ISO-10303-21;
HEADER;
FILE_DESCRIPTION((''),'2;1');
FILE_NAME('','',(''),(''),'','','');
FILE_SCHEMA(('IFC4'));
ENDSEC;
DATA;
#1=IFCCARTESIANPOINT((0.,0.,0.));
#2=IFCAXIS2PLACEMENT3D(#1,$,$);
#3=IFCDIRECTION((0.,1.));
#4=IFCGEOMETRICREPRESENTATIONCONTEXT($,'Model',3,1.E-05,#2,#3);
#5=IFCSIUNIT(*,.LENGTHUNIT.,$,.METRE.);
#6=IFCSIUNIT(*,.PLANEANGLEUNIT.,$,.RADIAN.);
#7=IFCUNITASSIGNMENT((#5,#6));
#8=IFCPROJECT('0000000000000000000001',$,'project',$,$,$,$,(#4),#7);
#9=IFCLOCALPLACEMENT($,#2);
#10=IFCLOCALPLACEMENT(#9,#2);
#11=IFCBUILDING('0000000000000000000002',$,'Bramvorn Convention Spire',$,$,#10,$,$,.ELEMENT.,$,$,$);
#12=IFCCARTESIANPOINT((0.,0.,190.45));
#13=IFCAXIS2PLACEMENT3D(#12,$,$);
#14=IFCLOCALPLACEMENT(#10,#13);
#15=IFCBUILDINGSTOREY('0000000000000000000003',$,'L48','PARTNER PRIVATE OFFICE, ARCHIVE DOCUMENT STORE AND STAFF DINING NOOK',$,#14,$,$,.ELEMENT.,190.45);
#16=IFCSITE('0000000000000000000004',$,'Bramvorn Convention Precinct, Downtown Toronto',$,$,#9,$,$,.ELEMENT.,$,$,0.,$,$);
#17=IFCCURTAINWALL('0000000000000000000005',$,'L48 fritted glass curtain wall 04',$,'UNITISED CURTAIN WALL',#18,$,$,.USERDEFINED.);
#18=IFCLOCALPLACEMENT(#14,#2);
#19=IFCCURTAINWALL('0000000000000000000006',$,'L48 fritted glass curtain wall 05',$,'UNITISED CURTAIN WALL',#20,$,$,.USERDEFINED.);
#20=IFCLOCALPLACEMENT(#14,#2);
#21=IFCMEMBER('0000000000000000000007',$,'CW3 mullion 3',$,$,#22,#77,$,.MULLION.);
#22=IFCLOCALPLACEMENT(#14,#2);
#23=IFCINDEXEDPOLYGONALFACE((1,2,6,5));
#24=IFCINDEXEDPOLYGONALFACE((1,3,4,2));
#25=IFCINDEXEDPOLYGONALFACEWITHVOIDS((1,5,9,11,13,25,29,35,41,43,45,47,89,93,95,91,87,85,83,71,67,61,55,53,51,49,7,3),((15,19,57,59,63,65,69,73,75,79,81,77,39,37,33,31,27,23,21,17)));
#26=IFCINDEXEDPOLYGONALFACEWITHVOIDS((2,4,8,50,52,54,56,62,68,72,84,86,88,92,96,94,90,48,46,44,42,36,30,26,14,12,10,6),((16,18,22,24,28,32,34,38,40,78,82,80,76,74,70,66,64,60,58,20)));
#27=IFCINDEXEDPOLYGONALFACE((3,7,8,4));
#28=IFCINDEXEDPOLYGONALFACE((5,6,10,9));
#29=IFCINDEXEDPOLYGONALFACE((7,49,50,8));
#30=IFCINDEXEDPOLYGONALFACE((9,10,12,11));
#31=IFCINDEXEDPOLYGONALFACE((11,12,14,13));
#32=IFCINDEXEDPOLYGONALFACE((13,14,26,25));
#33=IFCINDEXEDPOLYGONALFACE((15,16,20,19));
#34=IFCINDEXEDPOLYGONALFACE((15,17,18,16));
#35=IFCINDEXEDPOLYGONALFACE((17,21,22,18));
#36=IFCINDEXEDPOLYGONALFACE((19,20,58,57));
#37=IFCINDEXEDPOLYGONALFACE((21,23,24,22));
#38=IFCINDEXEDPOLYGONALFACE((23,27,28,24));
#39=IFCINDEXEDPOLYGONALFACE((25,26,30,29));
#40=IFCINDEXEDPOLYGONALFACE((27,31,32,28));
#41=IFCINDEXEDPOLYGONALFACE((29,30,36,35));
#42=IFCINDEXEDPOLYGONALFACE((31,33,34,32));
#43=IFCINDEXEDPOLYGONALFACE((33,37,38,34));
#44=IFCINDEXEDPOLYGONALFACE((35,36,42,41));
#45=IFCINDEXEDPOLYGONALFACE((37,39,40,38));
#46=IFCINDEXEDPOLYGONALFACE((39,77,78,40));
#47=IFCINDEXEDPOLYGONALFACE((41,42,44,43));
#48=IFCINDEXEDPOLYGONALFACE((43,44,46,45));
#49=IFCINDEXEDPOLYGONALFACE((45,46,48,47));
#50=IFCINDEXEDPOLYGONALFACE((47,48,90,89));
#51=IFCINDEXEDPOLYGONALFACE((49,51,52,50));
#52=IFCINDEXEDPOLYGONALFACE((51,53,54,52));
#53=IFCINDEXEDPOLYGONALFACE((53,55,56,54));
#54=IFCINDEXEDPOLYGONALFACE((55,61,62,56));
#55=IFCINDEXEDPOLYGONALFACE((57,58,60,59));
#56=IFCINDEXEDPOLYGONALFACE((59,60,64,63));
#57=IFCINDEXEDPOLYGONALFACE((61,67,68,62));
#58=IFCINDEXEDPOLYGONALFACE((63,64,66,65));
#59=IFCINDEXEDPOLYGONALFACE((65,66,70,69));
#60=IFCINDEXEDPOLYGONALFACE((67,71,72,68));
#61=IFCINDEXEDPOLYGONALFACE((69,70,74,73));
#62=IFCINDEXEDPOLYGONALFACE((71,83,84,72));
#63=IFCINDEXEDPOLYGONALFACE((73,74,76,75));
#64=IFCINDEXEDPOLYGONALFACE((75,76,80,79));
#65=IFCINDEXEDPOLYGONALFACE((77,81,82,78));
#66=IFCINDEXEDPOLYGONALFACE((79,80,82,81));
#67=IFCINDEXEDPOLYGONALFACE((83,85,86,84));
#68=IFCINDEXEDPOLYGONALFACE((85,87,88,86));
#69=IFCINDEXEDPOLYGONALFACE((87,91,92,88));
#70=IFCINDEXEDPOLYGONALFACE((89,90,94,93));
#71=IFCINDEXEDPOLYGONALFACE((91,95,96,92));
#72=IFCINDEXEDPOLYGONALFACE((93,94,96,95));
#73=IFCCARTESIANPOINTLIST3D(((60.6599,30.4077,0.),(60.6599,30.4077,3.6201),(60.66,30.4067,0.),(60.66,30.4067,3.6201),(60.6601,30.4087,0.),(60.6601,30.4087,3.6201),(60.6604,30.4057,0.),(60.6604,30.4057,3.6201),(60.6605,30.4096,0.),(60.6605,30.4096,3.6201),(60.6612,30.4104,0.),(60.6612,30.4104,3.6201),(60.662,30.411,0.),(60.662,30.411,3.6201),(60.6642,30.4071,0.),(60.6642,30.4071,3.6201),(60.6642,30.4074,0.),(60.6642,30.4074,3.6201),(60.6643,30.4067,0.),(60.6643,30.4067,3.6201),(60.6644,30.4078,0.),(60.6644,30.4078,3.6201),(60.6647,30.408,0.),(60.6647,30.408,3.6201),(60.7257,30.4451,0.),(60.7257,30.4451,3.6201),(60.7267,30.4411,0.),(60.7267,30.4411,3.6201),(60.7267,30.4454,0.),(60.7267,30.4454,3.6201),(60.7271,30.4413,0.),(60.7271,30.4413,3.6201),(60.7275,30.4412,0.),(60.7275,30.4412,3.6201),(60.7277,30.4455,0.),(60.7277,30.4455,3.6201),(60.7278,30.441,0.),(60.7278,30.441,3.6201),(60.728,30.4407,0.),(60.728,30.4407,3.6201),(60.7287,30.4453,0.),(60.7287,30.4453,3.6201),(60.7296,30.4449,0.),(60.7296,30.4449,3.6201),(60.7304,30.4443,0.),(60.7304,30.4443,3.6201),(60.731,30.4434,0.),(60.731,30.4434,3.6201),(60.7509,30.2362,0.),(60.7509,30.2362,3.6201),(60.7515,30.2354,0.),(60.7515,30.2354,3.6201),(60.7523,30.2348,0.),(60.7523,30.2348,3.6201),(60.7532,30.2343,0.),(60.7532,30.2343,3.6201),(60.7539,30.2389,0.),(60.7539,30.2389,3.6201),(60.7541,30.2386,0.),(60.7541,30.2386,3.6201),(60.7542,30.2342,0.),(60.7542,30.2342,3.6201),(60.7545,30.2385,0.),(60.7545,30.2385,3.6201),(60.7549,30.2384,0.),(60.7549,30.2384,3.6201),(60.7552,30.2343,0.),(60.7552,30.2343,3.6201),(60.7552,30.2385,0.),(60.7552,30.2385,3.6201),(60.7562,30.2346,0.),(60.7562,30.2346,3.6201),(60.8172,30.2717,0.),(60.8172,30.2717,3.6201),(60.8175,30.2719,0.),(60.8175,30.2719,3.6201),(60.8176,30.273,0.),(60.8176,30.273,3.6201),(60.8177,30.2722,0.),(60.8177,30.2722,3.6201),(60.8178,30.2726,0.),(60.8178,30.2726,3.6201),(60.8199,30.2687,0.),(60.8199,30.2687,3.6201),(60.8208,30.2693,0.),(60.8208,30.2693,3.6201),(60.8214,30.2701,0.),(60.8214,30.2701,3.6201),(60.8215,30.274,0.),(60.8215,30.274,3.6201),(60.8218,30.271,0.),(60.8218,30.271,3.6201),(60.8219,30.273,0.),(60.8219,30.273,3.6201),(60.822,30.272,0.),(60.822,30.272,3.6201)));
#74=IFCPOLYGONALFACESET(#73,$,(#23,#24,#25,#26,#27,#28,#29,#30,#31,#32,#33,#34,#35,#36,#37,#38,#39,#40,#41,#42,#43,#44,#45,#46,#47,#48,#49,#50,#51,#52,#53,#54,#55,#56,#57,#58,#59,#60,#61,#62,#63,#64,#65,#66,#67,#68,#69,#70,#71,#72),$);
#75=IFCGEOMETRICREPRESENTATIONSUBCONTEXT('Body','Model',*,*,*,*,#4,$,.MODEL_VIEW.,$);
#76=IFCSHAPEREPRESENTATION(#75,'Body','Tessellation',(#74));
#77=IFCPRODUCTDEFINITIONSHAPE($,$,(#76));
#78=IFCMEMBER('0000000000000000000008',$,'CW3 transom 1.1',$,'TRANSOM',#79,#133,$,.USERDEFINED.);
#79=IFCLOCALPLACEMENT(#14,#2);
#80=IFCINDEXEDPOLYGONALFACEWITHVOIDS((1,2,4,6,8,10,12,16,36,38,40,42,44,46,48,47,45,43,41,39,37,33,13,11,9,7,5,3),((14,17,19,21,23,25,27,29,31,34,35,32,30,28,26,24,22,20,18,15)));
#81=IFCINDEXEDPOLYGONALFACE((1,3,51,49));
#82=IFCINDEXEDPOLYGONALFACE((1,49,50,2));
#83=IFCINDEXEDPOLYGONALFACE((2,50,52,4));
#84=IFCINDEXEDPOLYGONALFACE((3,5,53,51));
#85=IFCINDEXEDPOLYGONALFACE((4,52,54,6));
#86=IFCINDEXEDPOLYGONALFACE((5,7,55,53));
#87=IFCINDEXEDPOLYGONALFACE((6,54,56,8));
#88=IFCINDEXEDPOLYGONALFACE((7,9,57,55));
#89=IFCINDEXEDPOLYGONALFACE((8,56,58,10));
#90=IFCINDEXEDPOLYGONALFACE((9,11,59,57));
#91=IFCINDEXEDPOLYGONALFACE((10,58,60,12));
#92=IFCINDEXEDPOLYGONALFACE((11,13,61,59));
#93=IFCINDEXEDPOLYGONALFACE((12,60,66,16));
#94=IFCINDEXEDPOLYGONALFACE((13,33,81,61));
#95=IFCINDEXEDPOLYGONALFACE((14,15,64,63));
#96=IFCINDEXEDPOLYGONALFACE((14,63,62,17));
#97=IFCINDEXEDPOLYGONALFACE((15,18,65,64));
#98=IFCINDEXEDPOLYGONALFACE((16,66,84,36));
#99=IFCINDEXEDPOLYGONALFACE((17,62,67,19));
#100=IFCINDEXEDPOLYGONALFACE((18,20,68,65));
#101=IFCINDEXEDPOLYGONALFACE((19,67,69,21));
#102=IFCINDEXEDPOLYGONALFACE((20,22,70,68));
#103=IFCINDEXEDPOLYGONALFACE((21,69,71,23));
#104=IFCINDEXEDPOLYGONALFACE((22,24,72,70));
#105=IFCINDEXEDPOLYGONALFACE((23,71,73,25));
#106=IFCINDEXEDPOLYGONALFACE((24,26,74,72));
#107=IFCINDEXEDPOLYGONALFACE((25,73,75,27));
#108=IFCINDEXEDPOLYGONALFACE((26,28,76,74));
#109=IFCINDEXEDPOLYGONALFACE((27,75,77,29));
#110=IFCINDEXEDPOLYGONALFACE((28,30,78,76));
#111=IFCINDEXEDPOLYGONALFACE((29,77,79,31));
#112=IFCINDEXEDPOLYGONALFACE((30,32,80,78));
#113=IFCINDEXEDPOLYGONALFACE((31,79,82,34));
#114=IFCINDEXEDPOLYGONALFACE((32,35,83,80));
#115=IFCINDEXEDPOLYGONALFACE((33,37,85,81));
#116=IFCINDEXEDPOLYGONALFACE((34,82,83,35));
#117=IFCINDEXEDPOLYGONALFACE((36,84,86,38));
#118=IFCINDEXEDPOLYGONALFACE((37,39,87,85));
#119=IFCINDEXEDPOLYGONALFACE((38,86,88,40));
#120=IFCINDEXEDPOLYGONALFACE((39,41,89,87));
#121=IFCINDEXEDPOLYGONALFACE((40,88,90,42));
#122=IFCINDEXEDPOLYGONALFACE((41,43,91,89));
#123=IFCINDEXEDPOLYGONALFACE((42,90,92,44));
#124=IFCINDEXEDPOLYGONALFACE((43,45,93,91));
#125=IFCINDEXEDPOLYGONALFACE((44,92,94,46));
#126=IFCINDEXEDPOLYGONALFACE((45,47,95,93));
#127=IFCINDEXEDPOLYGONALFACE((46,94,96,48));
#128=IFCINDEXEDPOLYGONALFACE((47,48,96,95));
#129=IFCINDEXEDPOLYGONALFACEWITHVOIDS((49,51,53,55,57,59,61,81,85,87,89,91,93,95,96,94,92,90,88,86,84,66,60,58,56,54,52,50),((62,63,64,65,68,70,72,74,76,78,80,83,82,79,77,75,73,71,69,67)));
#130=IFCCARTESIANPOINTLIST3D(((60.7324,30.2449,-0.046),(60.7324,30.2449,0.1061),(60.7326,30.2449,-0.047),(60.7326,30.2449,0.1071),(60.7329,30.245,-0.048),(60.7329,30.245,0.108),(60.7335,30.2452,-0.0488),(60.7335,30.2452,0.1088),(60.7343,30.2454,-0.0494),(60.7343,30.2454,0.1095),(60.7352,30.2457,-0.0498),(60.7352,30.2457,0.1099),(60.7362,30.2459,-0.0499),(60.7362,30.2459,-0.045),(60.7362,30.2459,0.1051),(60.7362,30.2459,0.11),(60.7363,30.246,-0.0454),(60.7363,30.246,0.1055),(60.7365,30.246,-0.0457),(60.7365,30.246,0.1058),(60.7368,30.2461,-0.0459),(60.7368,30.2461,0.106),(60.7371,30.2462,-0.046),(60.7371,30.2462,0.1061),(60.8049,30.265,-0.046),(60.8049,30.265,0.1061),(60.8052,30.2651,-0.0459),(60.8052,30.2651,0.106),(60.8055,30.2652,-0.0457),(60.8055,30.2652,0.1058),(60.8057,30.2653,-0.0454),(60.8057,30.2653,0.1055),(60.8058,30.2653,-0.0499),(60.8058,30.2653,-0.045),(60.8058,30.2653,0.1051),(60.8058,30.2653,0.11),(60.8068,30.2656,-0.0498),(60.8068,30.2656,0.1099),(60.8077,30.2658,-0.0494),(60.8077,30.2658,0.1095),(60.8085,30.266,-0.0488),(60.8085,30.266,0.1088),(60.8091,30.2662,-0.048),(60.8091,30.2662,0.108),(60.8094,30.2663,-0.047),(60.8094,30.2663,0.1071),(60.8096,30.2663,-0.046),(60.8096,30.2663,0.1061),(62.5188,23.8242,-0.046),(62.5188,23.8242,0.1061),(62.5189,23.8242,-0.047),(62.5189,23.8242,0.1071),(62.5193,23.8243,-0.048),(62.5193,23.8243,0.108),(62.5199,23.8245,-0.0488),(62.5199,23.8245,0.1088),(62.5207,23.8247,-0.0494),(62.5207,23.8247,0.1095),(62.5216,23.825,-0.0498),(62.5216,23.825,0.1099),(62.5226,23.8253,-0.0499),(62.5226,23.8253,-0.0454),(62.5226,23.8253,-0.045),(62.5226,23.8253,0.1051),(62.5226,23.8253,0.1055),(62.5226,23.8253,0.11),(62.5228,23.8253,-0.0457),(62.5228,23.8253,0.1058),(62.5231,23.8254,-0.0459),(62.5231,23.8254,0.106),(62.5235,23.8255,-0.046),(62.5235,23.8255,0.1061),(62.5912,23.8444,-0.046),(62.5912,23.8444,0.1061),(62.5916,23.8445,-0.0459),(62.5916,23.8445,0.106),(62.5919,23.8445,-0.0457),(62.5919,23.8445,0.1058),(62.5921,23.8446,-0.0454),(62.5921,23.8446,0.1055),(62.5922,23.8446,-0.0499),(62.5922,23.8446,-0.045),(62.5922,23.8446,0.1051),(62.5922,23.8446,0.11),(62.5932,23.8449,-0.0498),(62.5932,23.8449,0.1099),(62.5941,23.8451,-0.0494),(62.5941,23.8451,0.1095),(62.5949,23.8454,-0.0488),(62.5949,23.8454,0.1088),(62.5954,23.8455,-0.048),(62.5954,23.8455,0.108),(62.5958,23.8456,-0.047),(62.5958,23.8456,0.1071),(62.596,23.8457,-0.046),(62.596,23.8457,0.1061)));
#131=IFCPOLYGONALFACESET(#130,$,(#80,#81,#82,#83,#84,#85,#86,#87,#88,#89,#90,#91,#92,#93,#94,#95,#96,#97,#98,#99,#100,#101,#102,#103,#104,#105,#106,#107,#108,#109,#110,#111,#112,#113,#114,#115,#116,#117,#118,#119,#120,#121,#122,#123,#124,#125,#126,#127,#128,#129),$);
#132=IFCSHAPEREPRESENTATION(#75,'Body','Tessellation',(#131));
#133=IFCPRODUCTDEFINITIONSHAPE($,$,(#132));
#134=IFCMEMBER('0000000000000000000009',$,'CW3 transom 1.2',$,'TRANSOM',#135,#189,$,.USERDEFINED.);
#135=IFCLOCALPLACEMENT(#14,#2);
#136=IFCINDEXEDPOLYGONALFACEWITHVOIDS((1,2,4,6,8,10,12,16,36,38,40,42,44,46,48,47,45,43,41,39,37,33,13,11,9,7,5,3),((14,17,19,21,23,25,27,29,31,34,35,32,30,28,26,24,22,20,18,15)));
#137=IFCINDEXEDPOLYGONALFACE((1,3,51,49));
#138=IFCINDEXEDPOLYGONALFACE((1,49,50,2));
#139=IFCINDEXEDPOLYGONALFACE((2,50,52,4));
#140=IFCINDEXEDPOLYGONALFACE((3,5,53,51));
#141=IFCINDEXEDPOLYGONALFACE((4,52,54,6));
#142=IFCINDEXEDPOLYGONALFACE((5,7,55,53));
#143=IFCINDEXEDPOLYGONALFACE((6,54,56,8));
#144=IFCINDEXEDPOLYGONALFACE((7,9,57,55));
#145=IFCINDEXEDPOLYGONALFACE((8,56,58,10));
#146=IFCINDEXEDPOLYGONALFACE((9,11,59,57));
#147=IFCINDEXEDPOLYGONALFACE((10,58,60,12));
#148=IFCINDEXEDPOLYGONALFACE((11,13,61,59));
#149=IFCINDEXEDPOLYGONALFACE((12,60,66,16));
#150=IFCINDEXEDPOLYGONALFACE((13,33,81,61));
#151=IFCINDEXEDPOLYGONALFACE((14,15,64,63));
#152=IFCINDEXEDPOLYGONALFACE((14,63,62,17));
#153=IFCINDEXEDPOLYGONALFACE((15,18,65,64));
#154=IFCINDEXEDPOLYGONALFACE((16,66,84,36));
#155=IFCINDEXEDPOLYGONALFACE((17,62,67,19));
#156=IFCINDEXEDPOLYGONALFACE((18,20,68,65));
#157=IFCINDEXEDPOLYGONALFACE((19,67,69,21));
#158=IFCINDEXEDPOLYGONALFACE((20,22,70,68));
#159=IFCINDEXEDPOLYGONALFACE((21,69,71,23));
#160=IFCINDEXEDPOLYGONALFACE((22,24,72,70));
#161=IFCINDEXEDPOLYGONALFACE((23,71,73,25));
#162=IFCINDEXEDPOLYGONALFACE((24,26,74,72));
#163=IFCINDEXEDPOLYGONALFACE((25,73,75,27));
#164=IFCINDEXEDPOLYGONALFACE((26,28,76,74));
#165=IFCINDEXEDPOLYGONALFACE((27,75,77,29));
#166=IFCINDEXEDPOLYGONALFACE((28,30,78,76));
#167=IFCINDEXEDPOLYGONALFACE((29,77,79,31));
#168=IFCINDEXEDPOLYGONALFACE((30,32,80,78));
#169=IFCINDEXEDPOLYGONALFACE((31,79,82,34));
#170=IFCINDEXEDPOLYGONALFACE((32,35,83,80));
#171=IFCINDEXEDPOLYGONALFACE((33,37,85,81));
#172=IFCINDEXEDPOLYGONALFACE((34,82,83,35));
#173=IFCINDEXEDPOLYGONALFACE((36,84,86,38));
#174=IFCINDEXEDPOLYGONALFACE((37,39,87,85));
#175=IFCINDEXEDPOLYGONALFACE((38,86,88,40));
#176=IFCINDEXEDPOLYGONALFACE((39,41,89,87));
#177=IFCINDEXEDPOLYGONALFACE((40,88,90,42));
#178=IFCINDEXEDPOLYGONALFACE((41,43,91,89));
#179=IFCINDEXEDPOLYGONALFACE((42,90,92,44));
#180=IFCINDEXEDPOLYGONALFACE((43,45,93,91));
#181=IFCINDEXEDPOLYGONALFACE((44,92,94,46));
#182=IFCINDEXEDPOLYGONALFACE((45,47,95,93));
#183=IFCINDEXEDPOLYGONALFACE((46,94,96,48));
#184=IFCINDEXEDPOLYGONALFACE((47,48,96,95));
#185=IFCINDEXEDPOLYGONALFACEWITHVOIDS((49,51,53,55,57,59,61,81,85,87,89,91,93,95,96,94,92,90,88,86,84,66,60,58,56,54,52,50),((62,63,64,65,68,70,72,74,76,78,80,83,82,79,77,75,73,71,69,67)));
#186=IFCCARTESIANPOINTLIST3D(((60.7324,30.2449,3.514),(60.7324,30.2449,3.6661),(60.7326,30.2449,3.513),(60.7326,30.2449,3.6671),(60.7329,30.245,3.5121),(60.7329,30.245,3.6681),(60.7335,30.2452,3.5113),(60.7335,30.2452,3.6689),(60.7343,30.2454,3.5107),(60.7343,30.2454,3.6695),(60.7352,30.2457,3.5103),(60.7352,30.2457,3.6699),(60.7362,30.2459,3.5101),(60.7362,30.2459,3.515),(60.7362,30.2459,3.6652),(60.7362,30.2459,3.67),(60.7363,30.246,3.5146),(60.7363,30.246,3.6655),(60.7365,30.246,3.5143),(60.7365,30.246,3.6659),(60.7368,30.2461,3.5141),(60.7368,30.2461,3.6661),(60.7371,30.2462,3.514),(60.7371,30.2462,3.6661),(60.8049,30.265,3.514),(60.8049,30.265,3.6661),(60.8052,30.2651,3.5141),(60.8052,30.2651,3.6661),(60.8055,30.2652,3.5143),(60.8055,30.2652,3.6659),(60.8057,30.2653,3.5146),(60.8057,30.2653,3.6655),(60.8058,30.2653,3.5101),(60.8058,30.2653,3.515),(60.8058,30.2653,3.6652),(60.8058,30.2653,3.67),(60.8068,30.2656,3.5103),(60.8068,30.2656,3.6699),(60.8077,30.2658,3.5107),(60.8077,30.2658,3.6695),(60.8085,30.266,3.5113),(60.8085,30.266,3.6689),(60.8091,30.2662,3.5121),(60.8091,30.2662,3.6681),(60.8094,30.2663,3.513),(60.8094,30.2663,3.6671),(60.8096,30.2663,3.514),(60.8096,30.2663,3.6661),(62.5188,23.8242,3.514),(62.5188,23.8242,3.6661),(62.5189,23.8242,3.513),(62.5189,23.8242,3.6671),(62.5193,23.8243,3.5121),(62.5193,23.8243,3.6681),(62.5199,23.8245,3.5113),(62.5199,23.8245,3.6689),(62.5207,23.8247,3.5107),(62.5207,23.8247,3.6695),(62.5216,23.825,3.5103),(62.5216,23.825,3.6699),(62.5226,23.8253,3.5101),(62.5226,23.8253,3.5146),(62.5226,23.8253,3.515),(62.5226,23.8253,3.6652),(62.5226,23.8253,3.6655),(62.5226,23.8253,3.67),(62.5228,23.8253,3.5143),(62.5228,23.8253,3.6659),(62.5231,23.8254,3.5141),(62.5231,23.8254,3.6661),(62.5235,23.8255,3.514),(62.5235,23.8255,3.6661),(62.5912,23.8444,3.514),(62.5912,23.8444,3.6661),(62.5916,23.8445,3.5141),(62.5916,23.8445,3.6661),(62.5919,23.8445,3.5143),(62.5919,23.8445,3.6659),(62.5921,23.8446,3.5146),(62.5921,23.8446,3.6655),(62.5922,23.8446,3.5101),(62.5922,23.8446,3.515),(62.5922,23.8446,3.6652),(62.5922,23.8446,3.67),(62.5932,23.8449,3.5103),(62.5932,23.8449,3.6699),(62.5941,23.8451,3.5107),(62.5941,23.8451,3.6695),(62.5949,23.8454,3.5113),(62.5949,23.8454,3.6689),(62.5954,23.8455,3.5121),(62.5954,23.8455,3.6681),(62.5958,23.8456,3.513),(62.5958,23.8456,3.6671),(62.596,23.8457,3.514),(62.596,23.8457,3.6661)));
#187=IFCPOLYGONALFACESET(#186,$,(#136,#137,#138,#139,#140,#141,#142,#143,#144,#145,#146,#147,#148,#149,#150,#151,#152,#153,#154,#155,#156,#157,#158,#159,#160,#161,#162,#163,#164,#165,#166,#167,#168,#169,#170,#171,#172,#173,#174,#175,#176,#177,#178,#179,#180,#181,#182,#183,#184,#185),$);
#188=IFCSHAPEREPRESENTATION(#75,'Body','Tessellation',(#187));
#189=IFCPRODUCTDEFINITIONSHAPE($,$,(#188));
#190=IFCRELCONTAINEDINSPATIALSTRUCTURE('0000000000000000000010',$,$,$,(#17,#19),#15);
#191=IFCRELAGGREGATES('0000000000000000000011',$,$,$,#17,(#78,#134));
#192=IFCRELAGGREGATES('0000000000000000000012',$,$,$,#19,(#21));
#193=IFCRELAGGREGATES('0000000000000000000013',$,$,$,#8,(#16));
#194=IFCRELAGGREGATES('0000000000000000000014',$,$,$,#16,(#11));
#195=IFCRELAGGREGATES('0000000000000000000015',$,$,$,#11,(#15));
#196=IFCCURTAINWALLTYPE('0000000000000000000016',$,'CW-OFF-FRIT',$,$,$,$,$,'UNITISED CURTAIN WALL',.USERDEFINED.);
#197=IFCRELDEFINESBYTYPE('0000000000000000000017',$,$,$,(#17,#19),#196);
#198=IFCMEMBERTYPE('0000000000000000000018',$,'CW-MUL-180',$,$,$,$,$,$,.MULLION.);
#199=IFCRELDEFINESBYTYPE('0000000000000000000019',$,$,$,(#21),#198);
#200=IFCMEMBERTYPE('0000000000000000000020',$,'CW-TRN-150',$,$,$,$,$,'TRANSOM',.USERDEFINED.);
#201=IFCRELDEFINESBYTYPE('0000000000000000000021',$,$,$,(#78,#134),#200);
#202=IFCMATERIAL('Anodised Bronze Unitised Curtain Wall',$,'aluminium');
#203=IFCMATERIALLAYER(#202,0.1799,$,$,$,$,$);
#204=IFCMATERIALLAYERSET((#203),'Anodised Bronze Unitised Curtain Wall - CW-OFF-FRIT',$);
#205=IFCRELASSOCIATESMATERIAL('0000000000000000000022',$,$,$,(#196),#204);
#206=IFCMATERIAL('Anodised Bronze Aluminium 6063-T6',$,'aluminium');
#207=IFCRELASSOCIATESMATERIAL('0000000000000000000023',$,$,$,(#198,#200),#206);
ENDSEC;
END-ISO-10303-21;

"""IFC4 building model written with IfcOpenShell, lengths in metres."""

from ifc_helpers import new_model, si_unit, direction, frame, origin, origin_2d, place, context, subcontext, project, spatial, hollow_rectangle, extrude, material, layer, layer_set, material_profile, profile_set, type_object, element, aggregate, save


model = new_model("IFC4")

# Units and contexts
model_context = context("Model", 3, precision=1e-05, world=origin(), true_north=direction((0.0, 1.0)))
body_context = subcontext(model_context, "Body", "Model", "MODEL_VIEW")
ifc_project = project(units=[si_unit("LENGTHUNIT", "METRE"), si_unit("PLANEANGLEUNIT", "RADIAN")], contexts=[model_context])

# Site, building, storey
site_placement = place(None, origin())
site = spatial("IfcSite", under=ifc_project, at=site_placement, Name="Bramvorn Convention Precinct, Downtown Toronto", CompositionType="ELEMENT", RefElevation=0.0)
building_placement = place(site_placement, origin())
building = spatial("IfcBuilding", under=site, at=building_placement, Name="Bramvorn Convention Spire", CompositionType="ELEMENT")
storey_placement = place(building_placement, frame((0.0, 0.0, 190.45)))
storey = spatial("IfcBuildingStorey", under=building, at=storey_placement, Name="L48", Description="PARTNER PRIVATE OFFICE, ARCHIVE DOCUMENT STORE AND STAFF DINING NOOK", CompositionType="ELEMENT", Elevation=190.45)

# Curtain walls, member
ifc_material_1 = material(Name="Anodised Bronze Unitised Curtain Wall", Category="aluminium")
ifc_layer_1 = layer(ifc_material_1, 0.1799)
ifc_layer_set_1 = layer_set([ifc_layer_1], Name="Anodised Bronze Unitised Curtain Wall - CW-OFF-FRIT")
curtain_wall_type = type_object("IfcCurtainWallType", Name="CW-OFF-FRIT", ElementType="UNITISED CURTAIN WALL", PredefinedType="USERDEFINED", material=ifc_layer_set_1)
curtain_wall_1_placement = place(storey_placement, origin())
curtain_wall_1 = element("IfcCurtainWall", 1, at=curtain_wall_1_placement, inside=storey, type_object=curtain_wall_type, Name="L48 fritted glass curtain wall 04", ObjectType="UNITISED CURTAIN WALL", PredefinedType="USERDEFINED")
ifc_material_2 = material(Name="Anodised Bronze Aluminium 6063-T6", Category="aluminium")
ifc_material_profile_1 = material_profile(ifc_material_2, hollow_rectangle(XDim=0.0801, YDim=0.2, WallThickness=0.0039, InnerFilletRadius=0.001, OuterFilletRadius=0.0039, at=origin_2d()))
ifc_profile_set_1 = profile_set([ifc_material_profile_1], Name="Anodised Bronze Aluminium 6063-T6 - CWM80X200")
member_type_1 = type_object("IfcMemberType", Name="CW-MUL-180", PredefinedType="MULLION", material=ifc_profile_set_1)
curtain_wall_2_placement = place(storey_placement, origin())
curtain_wall_2 = element("IfcCurtainWall", 2, at=curtain_wall_2_placement, inside=storey, type_object=curtain_wall_type, Name="L48 fritted glass curtain wall 05", ObjectType="UNITISED CURTAIN WALL", PredefinedType="USERDEFINED")
member_1_placement = place(storey_placement, frame((60.741, 30.3398, 0.0), z_axis=(0.0, 0.0, 1.0), x_axis=(0.88205, 0.471156, 0.0)))
member_1 = element("IfcMember", 3, at=member_1_placement, type_object=member_type_1, Name="CW3 mullion 3", PredefinedType="MULLION", context=body_context, shape_type="SweptSolid", body=[
    extrude(hollow_rectangle(XDim=0.0801, YDim=0.2, WallThickness=0.0039, InnerFilletRadius=0.001, OuterFilletRadius=0.0039, at=origin_2d()), origin(), (0.0, 0.0, 1.0), 3.6201),
])

# Members
ifc_material_profile_2 = material_profile(ifc_material_2, hollow_rectangle(XDim=0.0801, YDim=0.1599, WallThickness=0.0039, InnerFilletRadius=0.001, OuterFilletRadius=0.0039, at=origin_2d()))
ifc_profile_set_2 = profile_set([ifc_material_profile_2], Name="Anodised Bronze Aluminium 6063-T6 - CWT80X160")
member_type_2 = type_object("IfcMemberType", Name="CW-TRN-150", ElementType="TRANSOM", PredefinedType="USERDEFINED", material=ifc_profile_set_2)
member_2_placement = place(storey_placement, frame((60.771, 30.2556, 0.03), z_axis=(0.268042, -0.963407, 0.0), x_axis=(0.963407, 0.268042, 0.0)))
member_2 = element("IfcMember", 4, at=member_2_placement, type_object=member_type_2, Name="CW3 transom 1.1", ObjectType="TRANSOM", PredefinedType="USERDEFINED", context=body_context, shape_type="SweptSolid", body=[
    extrude(hollow_rectangle(XDim=0.0801, YDim=0.1599, WallThickness=0.0039, InnerFilletRadius=0.001, OuterFilletRadius=0.0039, at=origin_2d()), origin(), (0.0, 0.0, 1.0), 6.6646),
])
member_3_placement = place(storey_placement, frame((60.771, 30.2556, 3.5901), z_axis=(0.268042, -0.963407, 0.0), x_axis=(0.963407, 0.268042, 0.0)))
member_3 = element("IfcMember", 5, at=member_3_placement, type_object=member_type_2, Name="CW3 transom 1.2", ObjectType="TRANSOM", PredefinedType="USERDEFINED", context=body_context, shape_type="SweptSolid", body=[
    extrude(hollow_rectangle(XDim=0.0801, YDim=0.1599, WallThickness=0.0039, InnerFilletRadius=0.001, OuterFilletRadius=0.0039, at=origin_2d()), origin(), (0.0, 0.0, 1.0), 6.6646),
])

aggregate(curtain_wall_1, [member_2, member_3])
aggregate(curtain_wall_2, [member_1])

save(model, "model.ifc")
